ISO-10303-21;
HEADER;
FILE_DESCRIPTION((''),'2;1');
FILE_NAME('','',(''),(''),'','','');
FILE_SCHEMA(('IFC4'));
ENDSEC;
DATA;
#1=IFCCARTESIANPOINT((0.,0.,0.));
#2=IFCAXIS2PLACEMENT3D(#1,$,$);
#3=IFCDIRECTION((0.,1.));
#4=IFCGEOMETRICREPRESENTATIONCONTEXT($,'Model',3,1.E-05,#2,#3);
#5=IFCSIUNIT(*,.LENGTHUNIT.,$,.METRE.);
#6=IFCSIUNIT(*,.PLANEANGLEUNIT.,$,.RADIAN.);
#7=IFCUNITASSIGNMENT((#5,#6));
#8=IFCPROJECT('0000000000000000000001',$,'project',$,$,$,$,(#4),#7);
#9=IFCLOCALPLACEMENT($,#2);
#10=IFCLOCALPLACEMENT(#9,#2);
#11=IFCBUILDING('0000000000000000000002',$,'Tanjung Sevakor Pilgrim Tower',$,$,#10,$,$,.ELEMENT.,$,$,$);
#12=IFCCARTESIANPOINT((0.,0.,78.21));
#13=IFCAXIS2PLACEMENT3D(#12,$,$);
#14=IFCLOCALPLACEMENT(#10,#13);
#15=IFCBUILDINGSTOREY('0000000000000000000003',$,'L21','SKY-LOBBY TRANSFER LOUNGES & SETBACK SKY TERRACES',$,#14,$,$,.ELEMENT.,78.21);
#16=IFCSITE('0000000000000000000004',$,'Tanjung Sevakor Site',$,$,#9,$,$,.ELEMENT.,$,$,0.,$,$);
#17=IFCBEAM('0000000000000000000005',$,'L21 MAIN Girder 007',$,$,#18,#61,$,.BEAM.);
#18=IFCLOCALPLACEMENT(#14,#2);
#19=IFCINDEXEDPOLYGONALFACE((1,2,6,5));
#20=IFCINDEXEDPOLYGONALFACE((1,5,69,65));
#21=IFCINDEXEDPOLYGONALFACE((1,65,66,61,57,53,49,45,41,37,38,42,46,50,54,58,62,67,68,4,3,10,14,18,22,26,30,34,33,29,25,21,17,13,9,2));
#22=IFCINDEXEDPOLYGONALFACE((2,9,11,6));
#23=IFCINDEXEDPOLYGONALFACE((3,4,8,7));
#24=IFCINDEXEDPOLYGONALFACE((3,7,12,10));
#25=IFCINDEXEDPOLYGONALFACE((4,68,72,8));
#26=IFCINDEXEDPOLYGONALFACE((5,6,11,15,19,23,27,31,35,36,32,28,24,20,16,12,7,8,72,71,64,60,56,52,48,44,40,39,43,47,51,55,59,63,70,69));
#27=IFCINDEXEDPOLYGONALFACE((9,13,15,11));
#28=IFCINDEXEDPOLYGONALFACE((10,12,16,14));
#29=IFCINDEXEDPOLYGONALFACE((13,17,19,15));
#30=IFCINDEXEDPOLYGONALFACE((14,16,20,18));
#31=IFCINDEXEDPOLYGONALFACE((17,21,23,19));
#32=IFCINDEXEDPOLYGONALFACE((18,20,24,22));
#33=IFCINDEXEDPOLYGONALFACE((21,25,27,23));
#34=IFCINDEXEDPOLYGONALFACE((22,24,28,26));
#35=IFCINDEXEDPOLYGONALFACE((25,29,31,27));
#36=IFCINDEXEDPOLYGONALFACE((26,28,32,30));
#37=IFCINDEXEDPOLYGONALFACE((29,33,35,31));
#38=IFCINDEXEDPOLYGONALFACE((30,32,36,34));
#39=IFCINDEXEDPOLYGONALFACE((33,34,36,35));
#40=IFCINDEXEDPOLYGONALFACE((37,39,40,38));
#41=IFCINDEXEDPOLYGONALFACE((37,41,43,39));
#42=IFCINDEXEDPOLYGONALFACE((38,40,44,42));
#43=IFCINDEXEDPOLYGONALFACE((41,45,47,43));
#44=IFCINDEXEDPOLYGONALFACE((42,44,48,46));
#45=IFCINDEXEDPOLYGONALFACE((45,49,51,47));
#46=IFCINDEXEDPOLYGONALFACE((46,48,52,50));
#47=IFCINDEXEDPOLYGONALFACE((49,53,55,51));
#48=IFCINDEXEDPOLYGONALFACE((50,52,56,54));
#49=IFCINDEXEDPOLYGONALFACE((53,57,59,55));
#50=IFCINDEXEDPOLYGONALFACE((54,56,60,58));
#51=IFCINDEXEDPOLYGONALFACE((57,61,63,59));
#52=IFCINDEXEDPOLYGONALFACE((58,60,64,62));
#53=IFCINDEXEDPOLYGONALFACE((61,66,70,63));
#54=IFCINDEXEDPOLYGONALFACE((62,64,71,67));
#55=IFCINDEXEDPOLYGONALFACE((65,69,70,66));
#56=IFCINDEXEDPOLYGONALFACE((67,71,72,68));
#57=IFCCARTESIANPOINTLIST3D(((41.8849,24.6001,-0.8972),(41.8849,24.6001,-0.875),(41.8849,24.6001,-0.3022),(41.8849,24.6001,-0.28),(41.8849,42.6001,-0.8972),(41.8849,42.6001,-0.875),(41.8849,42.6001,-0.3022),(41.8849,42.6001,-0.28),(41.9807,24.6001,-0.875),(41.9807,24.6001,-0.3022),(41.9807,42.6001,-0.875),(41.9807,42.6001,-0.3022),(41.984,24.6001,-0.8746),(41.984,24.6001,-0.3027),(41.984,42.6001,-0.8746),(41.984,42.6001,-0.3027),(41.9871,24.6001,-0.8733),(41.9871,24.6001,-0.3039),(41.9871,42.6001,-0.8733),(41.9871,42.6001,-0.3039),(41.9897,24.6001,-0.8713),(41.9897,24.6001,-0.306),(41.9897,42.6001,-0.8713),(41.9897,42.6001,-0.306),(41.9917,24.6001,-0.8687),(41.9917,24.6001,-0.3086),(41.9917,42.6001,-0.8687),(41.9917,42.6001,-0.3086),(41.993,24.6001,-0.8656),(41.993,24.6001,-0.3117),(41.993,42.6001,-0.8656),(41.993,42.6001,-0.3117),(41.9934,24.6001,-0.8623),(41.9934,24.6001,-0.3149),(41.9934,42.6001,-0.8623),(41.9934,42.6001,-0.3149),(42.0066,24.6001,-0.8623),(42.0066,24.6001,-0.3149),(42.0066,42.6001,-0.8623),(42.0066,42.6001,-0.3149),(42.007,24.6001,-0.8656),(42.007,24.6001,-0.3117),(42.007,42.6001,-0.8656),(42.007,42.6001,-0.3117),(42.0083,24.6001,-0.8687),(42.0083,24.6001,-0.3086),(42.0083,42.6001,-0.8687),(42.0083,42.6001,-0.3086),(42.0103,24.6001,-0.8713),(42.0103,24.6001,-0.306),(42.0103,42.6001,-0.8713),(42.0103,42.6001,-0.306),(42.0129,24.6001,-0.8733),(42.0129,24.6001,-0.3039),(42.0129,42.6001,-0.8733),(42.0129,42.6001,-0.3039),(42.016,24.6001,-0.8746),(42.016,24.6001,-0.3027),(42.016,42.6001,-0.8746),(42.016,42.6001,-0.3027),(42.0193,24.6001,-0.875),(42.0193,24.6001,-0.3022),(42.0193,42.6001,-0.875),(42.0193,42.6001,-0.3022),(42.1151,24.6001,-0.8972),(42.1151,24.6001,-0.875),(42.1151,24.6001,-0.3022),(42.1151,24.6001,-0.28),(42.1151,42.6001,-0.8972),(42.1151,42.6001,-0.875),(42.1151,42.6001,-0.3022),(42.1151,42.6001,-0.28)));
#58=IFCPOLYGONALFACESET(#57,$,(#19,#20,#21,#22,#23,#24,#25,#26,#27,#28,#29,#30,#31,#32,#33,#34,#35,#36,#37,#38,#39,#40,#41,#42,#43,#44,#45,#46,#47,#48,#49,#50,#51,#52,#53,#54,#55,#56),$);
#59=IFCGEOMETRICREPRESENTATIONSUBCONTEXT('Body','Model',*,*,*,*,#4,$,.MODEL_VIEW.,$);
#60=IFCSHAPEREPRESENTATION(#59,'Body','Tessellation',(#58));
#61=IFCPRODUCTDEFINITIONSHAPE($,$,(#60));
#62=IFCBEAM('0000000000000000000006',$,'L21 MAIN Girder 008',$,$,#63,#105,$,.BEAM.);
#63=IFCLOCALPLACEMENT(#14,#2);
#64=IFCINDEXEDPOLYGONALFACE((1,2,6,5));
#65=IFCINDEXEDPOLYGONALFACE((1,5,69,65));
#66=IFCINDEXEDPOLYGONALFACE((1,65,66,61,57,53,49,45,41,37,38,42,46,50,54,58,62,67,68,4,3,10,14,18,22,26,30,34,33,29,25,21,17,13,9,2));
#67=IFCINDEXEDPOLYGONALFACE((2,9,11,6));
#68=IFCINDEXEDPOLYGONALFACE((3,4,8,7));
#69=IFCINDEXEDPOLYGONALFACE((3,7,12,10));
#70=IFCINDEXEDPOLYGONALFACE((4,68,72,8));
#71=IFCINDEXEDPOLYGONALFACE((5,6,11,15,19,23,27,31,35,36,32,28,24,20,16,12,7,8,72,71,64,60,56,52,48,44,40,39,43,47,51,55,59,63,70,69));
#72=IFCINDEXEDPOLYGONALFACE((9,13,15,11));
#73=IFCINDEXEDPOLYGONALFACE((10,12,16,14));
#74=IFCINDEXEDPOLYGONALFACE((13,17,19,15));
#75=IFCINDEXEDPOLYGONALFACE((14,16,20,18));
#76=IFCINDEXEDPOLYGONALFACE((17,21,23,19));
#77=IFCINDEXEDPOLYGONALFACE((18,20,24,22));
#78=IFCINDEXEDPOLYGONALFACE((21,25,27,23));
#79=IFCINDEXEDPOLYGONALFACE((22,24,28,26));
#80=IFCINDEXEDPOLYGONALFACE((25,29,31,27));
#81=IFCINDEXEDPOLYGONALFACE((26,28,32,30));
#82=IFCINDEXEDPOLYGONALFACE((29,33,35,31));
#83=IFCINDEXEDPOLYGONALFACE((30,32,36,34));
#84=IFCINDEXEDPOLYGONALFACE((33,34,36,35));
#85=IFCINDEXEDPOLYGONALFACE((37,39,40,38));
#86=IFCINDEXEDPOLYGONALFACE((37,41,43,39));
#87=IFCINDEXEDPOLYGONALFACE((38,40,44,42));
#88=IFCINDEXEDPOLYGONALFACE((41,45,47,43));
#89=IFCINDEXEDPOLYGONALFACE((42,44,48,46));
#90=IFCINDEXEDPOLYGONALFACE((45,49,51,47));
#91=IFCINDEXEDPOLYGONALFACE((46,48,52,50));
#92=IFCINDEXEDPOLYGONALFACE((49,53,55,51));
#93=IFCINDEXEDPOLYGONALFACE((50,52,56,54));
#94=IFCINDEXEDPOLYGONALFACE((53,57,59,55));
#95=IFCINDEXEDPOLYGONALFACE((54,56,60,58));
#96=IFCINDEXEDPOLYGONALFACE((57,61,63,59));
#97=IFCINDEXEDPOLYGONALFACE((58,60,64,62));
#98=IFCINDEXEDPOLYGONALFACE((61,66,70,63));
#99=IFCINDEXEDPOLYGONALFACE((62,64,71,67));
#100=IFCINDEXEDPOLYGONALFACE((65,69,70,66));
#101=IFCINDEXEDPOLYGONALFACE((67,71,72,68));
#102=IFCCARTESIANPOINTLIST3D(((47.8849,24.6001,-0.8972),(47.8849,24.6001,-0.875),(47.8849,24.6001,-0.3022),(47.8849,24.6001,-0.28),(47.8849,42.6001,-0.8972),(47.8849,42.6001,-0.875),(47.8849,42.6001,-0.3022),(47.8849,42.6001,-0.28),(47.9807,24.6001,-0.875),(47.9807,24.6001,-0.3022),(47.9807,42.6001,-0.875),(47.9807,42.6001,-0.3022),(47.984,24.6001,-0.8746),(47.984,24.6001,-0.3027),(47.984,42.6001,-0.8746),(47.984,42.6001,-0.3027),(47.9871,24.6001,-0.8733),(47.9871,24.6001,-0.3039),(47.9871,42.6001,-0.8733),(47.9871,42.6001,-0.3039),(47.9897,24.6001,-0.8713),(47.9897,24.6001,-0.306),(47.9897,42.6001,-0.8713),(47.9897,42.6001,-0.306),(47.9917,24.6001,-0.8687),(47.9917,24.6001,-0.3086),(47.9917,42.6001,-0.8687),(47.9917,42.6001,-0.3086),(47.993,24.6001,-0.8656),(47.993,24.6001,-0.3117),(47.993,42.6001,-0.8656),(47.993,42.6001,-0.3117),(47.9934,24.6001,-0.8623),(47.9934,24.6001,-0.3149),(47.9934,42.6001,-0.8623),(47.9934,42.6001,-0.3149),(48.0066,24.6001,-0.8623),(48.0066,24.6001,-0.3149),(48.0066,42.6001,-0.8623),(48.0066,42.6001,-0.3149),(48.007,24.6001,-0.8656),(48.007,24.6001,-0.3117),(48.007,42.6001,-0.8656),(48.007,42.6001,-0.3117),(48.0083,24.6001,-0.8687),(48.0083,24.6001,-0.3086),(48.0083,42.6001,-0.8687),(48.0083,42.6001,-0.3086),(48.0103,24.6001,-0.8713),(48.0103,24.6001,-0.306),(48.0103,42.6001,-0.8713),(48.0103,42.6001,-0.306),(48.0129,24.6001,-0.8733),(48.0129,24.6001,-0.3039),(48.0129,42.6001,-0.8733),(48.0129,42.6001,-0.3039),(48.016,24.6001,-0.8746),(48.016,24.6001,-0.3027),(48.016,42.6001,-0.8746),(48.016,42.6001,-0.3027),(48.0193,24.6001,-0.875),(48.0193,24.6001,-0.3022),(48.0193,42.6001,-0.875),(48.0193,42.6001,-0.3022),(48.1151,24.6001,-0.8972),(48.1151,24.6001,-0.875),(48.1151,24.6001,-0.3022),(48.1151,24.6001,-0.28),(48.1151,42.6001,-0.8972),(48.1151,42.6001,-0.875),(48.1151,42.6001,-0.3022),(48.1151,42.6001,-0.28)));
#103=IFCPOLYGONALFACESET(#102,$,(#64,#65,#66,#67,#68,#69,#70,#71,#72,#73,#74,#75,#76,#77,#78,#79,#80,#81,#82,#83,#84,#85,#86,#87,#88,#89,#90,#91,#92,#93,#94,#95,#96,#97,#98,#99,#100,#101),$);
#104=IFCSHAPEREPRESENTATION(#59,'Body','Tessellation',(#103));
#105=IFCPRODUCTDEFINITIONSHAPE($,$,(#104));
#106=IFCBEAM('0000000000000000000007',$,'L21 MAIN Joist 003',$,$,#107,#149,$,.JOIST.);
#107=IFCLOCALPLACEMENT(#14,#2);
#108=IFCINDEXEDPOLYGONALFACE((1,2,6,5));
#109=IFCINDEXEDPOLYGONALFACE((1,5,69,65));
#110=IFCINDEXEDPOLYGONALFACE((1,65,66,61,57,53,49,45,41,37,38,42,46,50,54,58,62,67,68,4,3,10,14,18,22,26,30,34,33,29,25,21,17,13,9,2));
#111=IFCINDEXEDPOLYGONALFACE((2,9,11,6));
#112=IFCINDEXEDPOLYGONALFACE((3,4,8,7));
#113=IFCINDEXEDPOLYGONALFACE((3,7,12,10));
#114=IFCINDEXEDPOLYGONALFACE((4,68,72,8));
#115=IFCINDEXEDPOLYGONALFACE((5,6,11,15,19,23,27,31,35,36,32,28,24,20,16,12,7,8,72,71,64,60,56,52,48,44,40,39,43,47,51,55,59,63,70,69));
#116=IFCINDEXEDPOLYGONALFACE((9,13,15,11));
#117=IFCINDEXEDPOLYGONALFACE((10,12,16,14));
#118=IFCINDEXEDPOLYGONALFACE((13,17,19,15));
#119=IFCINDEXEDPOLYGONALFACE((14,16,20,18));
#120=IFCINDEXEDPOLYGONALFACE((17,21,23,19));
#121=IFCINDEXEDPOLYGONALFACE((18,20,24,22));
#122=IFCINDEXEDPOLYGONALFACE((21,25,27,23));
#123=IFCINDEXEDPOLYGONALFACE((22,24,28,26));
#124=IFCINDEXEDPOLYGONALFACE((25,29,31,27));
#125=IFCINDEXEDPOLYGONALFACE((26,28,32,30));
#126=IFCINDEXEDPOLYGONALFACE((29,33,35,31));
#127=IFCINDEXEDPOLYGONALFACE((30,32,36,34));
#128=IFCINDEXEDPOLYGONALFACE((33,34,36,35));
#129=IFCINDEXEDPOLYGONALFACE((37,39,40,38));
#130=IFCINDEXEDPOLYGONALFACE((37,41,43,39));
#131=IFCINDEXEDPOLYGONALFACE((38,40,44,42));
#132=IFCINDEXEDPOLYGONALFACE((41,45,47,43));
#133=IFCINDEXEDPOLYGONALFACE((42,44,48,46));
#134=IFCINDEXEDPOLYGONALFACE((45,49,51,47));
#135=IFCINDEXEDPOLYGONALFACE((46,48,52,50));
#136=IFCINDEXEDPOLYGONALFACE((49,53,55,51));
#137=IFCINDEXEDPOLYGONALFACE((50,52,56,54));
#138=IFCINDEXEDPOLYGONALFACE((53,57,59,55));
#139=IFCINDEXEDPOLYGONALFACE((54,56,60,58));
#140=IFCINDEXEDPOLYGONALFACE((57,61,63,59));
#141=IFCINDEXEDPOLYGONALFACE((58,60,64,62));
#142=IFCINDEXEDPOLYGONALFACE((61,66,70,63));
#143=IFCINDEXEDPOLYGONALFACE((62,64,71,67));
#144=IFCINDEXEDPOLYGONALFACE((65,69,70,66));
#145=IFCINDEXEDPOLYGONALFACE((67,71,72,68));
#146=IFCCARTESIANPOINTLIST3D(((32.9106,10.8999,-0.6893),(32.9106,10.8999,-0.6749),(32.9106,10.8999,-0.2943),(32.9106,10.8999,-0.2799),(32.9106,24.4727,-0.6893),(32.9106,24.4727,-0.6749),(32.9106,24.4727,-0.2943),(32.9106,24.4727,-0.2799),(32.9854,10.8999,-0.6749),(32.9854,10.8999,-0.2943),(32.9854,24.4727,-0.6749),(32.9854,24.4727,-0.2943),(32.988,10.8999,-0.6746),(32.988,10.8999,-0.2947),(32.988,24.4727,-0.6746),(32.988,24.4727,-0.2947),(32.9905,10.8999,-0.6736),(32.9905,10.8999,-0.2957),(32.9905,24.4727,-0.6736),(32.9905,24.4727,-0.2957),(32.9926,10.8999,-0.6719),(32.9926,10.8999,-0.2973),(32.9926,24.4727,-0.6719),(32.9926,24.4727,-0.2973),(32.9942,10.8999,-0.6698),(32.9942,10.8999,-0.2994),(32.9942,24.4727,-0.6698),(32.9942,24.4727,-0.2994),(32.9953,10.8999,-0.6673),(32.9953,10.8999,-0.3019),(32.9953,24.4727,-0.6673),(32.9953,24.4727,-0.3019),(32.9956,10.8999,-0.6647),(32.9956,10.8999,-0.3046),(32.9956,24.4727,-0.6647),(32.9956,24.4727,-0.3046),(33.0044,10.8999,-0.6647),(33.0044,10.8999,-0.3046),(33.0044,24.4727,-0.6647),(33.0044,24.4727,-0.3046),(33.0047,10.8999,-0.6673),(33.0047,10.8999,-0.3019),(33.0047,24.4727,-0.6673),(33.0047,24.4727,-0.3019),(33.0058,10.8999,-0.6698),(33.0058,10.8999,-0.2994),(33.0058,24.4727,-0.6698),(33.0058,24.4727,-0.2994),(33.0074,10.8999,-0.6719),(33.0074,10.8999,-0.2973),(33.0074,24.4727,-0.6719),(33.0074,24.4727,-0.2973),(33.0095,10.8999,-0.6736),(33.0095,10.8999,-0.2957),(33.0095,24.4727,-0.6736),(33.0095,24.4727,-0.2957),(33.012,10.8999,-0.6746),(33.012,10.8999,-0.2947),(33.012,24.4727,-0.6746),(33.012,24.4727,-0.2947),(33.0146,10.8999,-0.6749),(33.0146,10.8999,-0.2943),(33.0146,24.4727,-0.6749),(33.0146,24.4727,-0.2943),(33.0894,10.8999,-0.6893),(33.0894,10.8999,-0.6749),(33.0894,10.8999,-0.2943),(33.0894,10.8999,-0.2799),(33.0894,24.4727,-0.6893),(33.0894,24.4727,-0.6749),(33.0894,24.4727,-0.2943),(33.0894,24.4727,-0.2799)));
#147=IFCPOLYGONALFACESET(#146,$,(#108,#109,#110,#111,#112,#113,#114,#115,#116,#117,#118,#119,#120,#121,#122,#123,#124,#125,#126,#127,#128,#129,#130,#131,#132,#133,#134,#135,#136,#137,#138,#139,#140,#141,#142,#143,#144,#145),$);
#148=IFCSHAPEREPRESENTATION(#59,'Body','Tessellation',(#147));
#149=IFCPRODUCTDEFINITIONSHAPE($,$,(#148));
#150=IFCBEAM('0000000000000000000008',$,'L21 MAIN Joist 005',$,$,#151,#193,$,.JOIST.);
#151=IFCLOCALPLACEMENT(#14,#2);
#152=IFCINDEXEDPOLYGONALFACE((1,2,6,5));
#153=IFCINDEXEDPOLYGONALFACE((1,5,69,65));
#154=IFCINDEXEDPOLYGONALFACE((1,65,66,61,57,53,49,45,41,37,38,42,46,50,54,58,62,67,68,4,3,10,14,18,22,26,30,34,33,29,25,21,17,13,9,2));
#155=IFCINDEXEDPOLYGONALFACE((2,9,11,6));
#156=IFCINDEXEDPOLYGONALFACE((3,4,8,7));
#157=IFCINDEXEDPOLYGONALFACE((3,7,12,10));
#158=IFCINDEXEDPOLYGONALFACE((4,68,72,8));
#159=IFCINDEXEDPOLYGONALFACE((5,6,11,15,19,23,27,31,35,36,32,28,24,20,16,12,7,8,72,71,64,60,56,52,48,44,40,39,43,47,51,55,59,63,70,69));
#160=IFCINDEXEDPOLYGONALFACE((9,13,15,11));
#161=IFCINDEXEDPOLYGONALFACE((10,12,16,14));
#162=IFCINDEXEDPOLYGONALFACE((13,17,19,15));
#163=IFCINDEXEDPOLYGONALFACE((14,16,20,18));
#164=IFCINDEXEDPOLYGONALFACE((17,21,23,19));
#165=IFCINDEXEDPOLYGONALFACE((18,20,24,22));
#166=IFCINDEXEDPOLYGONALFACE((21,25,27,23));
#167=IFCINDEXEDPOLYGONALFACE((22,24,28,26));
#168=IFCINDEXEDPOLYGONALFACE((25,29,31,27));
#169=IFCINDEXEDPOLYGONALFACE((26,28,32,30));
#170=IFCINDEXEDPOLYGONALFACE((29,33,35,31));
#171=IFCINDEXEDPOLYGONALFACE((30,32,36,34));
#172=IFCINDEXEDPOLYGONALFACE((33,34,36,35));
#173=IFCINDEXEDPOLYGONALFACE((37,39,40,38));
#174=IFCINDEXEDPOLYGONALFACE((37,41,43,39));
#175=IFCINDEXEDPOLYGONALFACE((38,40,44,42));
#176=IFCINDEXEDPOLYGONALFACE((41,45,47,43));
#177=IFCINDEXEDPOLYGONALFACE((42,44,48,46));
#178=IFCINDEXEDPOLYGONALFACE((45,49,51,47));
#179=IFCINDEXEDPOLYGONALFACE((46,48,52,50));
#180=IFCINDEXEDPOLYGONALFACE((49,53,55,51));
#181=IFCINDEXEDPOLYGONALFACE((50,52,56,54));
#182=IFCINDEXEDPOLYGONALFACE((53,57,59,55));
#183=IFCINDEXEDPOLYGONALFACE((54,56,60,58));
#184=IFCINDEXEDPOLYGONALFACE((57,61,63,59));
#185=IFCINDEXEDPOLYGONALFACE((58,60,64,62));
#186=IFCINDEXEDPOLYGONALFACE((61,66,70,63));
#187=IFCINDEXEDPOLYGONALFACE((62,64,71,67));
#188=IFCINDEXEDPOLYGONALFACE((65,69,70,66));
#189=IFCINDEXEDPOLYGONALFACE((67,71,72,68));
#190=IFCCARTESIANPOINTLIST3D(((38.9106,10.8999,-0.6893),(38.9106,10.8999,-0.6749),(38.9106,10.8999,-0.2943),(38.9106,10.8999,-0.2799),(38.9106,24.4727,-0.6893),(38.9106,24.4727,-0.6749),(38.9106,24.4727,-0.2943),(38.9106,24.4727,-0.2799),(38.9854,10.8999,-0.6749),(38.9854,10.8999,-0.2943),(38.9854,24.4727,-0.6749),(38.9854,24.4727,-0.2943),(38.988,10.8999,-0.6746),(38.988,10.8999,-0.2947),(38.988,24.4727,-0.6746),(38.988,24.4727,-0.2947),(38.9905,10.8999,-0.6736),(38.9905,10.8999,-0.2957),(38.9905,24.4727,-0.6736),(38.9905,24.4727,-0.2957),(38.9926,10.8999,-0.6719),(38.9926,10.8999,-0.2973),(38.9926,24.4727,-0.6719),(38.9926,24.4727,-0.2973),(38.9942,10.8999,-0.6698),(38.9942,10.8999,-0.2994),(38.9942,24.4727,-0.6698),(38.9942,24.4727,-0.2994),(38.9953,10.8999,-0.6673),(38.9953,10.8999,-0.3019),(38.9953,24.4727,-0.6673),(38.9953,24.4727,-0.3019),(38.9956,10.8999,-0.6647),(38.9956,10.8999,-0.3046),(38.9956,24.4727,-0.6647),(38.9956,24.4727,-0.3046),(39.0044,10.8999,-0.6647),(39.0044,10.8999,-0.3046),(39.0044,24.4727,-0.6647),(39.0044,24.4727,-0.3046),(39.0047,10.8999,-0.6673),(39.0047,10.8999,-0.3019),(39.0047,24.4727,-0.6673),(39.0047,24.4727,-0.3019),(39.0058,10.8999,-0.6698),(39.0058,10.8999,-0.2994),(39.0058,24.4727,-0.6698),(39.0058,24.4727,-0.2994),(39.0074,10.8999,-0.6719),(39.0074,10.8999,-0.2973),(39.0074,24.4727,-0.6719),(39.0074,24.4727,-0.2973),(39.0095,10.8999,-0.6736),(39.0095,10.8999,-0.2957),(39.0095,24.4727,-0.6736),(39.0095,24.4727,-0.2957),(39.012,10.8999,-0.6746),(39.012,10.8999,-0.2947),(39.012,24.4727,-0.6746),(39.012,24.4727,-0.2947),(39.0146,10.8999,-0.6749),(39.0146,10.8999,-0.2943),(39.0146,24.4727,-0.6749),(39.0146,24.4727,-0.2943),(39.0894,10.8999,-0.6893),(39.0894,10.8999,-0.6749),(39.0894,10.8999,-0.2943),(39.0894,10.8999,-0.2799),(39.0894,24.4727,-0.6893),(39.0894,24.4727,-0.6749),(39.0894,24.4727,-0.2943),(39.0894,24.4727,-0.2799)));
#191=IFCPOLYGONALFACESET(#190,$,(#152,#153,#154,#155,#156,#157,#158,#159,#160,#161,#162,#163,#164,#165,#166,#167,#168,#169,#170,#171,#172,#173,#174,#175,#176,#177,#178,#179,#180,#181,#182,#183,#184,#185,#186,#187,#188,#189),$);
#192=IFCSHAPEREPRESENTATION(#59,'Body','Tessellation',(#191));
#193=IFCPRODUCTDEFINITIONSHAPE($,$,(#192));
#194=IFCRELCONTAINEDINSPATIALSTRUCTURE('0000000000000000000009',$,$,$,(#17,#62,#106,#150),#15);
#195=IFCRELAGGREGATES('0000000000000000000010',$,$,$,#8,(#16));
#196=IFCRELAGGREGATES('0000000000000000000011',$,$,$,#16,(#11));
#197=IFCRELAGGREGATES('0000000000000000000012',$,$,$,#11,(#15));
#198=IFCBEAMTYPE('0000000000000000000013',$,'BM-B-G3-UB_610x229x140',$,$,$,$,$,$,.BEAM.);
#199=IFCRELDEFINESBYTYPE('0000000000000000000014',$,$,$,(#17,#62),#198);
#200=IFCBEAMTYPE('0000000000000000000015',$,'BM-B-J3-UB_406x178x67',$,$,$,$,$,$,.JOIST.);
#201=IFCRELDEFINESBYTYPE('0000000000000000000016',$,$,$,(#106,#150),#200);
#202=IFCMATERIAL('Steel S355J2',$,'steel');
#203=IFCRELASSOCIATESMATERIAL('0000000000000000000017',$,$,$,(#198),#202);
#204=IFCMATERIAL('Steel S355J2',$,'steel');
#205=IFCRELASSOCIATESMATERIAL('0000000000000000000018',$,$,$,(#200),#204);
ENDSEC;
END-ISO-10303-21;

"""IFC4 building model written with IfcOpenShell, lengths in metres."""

from ifc_helpers import new_model, si_unit, direction, frame, origin, origin_2d, place, context, subcontext, project, spatial, i_section, extrude, material, material_profile, profile_set, type_object, element, save


model = new_model("IFC4")

# Units and contexts
model_context = context("Model", 3, precision=1e-05, world=origin(), true_north=direction((0.0, 1.0)))
body_context = subcontext(model_context, "Body", "Model", "MODEL_VIEW")
ifc_project = project(units=[si_unit("LENGTHUNIT", "METRE"), si_unit("PLANEANGLEUNIT", "RADIAN")], contexts=[model_context])

# Site, building, storey
site_placement = place(None, origin())
site = spatial("IfcSite", under=ifc_project, at=site_placement, Name="Tanjung Sevakor Site", CompositionType="ELEMENT", RefElevation=0.0)
building_placement = place(site_placement, origin())
building = spatial("IfcBuilding", under=site, at=building_placement, Name="Tanjung Sevakor Pilgrim Tower", CompositionType="ELEMENT")
storey_placement = place(building_placement, frame((0.0, 0.0, 78.21)))
storey = spatial("IfcBuildingStorey", under=building, at=storey_placement, Name="L21", Description="SKY-LOBBY TRANSFER LOUNGES & SETBACK SKY TERRACES", CompositionType="ELEMENT", Elevation=78.21)

# Beams
ifc_material_1 = material(Name="Steel S355J2", Category="steel")
ifc_material_profile_1 = material_profile(ifc_material_1, i_section(OverallWidth=0.2302, OverallDepth=0.6172, WebThickness=0.0132, FlangeThickness=0.0222, FilletRadius=0.0127, at=origin_2d()))
ifc_profile_set_1 = profile_set([ifc_material_profile_1], Name="Steel S355J2")
beam_type_1 = type_object("IfcBeamType", Name="BM-B-G3-UB_610x229x140", PredefinedType="BEAM", material=ifc_profile_set_1)
for number, where, z_axis, x_axis, name in (
    (1, (42.0, 24.6001, -0.5886), (0.0, 1.0, 0.0), (-1.0, 0.0, 0.0), "L21 MAIN Girder 007"),
    (2, (48.0, 24.6001, -0.5886), (0.0, 1.0, 0.0), (-1.0, 0.0, 0.0), "L21 MAIN Girder 008"),
):
    element("IfcBeam", number, at=place(storey_placement, frame(where, z_axis=z_axis, x_axis=x_axis)), inside=storey, type_object=beam_type_1, Name=name, PredefinedType="BEAM", context=body_context, shape_type="SweptSolid", body=[
        extrude(i_section(OverallWidth=0.2302, OverallDepth=0.6172, WebThickness=0.0132, FlangeThickness=0.0222, FilletRadius=0.0127, at=origin_2d()), origin(), (0.0, 0.0, 1.0), 18.0),
    ])
ifc_material_2 = material(Name="Steel S355J2", Category="steel")
ifc_material_profile_2 = material_profile(ifc_material_2, i_section(OverallWidth=0.1787, OverallDepth=0.4094, WebThickness=0.0088, FlangeThickness=0.0144, FilletRadius=0.0103, at=origin_2d()))
ifc_profile_set_2 = profile_set([ifc_material_profile_2], Name="Steel S355J2")
beam_type_2 = type_object("IfcBeamType", Name="BM-B-J3-UB_406x178x67", PredefinedType="JOIST", material=ifc_profile_set_2)
for number, where, z_axis, x_axis, name in (
    (3, (33.0, 10.8999, -0.4846), (0.0, 1.0, 0.0), (-1.0, 0.0, 0.0), "L21 MAIN Joist 003"),
    (4, (39.0, 10.8999, -0.4846), (0.0, 1.0, 0.0), (-1.0, 0.0, 0.0), "L21 MAIN Joist 005"),
):
    element("IfcBeam", number, at=place(storey_placement, frame(where, z_axis=z_axis, x_axis=x_axis)), inside=storey, type_object=beam_type_2, Name=name, PredefinedType="JOIST", context=body_context, shape_type="SweptSolid", body=[
        extrude(i_section(OverallWidth=0.1787, OverallDepth=0.4094, WebThickness=0.0088, FlangeThickness=0.0144, FilletRadius=0.0103, at=origin_2d()), origin(), (0.0, 0.0, 1.0), 13.5728),
    ])

save(model, "model.ifc")
